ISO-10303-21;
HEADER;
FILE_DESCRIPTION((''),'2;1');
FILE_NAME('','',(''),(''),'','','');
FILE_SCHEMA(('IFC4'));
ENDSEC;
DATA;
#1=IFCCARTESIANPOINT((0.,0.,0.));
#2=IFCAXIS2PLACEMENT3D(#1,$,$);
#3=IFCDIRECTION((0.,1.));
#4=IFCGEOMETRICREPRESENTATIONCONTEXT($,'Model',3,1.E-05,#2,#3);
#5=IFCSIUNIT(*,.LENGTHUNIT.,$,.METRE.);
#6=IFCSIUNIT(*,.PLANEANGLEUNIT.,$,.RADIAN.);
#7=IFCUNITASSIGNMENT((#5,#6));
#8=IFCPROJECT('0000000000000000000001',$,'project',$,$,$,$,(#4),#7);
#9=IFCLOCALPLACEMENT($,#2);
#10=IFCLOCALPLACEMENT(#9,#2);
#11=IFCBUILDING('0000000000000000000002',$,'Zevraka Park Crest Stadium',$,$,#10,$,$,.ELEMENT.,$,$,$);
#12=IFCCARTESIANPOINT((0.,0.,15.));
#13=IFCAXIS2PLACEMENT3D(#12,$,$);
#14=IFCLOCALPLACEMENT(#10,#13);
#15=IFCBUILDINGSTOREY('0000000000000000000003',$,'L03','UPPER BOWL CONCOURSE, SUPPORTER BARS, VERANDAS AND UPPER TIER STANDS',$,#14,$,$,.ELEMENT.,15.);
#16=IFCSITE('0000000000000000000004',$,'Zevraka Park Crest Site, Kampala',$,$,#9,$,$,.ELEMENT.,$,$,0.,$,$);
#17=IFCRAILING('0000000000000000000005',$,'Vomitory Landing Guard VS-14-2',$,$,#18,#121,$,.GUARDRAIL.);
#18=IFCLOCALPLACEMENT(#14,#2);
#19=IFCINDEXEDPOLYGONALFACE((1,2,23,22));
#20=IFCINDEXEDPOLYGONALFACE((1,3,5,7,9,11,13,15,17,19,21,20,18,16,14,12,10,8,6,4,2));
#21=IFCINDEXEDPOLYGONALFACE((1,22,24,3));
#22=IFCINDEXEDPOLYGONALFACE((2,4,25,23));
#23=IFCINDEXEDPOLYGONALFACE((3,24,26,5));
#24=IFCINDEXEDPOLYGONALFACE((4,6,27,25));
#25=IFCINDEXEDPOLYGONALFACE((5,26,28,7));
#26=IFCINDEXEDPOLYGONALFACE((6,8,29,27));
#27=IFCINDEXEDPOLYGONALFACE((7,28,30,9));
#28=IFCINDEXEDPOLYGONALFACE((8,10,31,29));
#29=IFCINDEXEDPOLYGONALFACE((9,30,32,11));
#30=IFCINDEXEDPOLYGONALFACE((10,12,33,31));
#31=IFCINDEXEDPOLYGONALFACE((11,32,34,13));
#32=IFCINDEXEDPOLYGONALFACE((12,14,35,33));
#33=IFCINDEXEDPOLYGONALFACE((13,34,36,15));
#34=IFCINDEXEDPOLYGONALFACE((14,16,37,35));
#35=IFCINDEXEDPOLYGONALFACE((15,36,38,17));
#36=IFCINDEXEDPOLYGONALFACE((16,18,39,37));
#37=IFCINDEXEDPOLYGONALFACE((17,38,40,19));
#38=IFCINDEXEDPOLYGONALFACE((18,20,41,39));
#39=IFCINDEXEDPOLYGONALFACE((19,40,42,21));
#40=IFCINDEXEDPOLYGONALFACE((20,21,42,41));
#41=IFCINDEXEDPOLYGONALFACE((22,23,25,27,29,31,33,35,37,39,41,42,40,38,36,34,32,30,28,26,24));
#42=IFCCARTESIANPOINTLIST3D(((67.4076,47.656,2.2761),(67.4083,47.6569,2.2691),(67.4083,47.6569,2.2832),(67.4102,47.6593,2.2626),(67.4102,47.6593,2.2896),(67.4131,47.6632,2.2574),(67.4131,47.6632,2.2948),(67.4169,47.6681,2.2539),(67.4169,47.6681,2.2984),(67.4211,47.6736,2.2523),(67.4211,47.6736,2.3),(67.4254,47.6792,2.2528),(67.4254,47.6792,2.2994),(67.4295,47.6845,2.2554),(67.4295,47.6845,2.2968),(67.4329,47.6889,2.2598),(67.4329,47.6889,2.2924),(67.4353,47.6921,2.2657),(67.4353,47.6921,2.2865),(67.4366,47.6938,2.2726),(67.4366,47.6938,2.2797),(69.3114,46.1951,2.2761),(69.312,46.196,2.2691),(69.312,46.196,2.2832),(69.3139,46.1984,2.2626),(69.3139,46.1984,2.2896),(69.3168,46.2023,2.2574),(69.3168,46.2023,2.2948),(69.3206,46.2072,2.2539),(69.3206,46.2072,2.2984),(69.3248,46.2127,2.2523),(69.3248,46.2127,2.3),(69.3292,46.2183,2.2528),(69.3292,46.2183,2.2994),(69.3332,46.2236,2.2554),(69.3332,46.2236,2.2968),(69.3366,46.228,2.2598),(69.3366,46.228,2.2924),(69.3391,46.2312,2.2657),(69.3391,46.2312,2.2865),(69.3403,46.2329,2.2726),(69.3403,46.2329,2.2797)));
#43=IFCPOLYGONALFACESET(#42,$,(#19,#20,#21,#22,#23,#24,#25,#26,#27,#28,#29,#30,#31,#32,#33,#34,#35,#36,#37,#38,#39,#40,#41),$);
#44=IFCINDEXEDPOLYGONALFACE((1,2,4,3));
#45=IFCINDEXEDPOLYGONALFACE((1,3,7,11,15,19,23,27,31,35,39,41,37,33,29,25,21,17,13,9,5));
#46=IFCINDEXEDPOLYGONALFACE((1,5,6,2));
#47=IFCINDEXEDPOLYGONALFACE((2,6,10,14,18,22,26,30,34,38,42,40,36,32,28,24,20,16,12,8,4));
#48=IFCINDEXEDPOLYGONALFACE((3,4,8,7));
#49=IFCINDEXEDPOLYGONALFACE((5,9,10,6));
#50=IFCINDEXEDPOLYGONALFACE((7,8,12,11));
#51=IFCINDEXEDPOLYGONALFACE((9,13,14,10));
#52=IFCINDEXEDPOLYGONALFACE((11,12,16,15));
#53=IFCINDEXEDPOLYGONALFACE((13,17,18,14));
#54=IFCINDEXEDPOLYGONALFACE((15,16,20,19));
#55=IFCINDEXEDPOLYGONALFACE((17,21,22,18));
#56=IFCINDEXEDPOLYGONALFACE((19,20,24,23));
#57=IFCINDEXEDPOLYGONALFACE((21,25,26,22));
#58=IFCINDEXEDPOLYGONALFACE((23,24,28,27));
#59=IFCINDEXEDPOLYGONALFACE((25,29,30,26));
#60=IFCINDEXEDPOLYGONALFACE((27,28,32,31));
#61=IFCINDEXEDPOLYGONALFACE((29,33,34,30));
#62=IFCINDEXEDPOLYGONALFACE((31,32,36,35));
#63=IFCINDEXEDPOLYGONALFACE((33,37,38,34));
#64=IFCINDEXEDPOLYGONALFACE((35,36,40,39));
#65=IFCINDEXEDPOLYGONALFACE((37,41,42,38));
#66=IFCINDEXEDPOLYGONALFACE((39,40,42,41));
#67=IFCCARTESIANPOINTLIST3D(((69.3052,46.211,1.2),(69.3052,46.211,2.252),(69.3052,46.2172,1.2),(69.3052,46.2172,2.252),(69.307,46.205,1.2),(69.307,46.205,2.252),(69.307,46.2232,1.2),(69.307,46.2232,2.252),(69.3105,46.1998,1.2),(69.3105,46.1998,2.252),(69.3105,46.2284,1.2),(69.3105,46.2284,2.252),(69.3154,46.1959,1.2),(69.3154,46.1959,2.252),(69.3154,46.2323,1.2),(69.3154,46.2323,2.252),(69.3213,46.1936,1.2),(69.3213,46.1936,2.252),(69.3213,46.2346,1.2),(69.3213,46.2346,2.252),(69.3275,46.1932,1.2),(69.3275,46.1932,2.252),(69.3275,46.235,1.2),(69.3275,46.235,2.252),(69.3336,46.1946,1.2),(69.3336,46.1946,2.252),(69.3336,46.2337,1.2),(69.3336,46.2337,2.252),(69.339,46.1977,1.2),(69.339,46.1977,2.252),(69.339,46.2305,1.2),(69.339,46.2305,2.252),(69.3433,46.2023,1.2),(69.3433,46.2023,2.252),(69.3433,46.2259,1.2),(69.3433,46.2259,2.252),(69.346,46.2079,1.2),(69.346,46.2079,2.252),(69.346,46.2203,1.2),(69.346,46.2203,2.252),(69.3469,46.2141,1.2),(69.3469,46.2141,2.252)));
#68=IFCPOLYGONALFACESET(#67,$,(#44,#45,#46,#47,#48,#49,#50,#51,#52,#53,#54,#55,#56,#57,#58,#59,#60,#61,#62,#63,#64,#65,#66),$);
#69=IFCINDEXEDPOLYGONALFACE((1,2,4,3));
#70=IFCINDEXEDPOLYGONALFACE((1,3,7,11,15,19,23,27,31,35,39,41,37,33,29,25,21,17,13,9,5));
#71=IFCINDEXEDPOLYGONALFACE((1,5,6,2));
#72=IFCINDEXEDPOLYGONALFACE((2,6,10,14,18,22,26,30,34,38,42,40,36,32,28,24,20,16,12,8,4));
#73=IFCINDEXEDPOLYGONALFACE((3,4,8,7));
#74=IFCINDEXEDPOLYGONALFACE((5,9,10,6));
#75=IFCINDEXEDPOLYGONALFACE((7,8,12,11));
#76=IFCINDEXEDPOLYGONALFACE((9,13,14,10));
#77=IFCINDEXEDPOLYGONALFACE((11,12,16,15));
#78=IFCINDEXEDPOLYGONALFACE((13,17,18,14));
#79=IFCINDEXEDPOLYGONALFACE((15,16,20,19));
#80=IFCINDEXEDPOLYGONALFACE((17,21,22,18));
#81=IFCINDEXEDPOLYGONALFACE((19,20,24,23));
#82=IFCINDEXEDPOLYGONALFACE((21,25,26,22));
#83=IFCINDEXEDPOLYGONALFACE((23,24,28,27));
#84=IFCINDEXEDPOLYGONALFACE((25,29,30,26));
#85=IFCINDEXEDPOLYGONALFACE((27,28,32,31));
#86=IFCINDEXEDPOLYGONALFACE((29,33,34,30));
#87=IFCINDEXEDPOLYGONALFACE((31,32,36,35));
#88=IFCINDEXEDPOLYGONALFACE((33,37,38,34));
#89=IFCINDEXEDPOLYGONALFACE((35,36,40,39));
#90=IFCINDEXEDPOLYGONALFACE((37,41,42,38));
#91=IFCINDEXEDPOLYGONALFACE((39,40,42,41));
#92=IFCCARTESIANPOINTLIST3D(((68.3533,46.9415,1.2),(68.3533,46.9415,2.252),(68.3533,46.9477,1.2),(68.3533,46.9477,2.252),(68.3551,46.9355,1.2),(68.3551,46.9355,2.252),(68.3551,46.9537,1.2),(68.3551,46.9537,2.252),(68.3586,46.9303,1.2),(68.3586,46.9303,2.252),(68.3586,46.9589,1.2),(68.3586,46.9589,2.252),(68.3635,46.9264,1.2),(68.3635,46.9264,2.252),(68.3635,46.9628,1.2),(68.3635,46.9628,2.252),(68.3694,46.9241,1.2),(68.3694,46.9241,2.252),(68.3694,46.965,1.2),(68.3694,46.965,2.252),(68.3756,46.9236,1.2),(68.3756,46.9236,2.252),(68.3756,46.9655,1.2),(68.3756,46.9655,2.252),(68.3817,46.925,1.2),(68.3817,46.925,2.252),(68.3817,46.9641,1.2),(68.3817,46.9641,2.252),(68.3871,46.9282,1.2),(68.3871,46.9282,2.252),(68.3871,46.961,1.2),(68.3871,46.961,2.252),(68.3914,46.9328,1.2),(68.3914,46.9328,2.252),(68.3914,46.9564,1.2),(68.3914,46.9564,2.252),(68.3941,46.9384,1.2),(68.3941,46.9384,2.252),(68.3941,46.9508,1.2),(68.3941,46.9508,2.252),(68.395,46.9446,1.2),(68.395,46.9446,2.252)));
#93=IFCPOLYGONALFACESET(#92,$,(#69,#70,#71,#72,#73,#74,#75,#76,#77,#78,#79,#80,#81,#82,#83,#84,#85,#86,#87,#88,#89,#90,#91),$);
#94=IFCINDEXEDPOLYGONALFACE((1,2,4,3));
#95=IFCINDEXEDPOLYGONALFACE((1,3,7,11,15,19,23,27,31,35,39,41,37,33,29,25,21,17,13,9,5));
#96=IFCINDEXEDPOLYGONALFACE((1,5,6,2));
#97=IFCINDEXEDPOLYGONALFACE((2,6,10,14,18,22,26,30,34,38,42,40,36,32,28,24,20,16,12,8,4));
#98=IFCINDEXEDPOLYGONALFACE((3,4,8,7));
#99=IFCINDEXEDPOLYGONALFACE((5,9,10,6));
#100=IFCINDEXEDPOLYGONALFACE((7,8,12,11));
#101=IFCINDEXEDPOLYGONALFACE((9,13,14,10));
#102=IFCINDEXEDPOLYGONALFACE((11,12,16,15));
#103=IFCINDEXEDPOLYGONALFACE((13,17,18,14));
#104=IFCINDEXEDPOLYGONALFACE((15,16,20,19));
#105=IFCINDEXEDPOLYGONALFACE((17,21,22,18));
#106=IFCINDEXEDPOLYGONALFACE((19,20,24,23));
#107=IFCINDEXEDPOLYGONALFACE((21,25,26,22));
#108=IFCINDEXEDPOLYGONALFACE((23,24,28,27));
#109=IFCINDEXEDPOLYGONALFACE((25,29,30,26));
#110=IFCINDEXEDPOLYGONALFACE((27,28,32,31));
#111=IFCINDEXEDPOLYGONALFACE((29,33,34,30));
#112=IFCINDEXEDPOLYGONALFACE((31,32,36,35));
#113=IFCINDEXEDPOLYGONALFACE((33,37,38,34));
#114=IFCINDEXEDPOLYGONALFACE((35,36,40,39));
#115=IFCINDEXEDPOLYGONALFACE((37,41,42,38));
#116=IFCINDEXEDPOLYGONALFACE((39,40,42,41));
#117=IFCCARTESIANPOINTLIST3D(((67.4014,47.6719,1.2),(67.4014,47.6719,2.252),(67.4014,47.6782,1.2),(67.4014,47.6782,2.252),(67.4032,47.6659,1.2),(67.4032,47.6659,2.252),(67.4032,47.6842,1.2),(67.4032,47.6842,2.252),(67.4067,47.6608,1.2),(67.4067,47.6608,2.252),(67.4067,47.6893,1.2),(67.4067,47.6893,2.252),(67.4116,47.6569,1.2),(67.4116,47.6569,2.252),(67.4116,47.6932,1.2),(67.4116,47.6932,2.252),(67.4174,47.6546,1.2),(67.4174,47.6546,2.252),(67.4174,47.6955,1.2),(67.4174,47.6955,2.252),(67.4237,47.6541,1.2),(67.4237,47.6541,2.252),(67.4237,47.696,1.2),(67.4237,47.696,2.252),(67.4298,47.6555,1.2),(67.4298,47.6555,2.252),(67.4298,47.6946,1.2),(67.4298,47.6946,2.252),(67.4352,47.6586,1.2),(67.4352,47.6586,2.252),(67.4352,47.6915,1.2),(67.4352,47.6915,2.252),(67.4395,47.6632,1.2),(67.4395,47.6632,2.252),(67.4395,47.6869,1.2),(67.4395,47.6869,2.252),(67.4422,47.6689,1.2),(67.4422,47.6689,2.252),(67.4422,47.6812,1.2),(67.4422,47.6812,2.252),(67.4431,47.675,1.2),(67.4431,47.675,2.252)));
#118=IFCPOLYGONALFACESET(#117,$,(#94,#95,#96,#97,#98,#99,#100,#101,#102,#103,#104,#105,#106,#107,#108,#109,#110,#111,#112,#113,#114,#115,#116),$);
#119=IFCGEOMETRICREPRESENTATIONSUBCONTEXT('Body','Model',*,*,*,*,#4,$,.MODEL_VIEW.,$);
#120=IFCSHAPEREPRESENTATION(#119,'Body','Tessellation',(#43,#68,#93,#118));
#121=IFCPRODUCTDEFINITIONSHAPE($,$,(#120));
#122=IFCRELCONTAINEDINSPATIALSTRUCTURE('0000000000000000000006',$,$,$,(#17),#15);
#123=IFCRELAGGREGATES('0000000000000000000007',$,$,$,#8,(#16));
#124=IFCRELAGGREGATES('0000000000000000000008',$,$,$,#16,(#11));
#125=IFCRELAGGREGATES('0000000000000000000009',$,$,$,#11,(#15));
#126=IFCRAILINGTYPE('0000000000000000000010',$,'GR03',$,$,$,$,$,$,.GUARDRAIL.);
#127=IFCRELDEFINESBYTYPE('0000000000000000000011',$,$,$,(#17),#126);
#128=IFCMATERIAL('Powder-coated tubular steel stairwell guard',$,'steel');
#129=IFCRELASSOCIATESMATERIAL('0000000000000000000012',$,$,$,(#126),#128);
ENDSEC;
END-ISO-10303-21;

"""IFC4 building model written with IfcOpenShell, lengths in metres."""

from ifc_helpers import new_model, si_unit, direction, frame, origin, origin_2d, place, context, subcontext, project, spatial, circle, extrude, material, type_object, element, save


model = new_model("IFC4")

# Units and contexts
model_context = context("Model", 3, precision=1e-05, world=origin(), true_north=direction((0.0, 1.0)))
body_context = subcontext(model_context, "Body", "Model", "MODEL_VIEW")
ifc_project = project(units=[si_unit("LENGTHUNIT", "METRE"), si_unit("PLANEANGLEUNIT", "RADIAN")], contexts=[model_context])

# Site, building, storey
site_placement = place(None, origin())
site = spatial("IfcSite", under=ifc_project, at=site_placement, Name="Zevraka Park Crest Site, Kampala", CompositionType="ELEMENT", RefElevation=0.0)
building_placement = place(site_placement, origin())
building = spatial("IfcBuilding", under=site, at=building_placement, Name="Zevraka Park Crest Stadium", CompositionType="ELEMENT")
storey_placement = place(building_placement, frame((0.0, 0.0, 15.0)))
storey = spatial("IfcBuildingStorey", under=building, at=storey_placement, Name="L03", Description="UPPER BOWL CONCOURSE, SUPPORTER BARS, VERANDAS AND UPPER TIER STANDS", CompositionType="ELEMENT", Elevation=15.0)

# Railing
ifc_material_1 = material(Name="Powder-coated tubular steel stairwell guard", Category="steel")
railing_type_1 = type_object("IfcRailingType", Name="GR03", PredefinedType="GUARDRAIL", material=ifc_material_1)
railing_1_placement = place(storey_placement, frame((69.3259, 46.2141, 1.2)))
element("IfcRailing", 1, at=railing_1_placement, inside=storey, type_object=railing_type_1, Name="Vomitory Landing Guard VS-14-2", PredefinedType="GUARDRAIL", context=body_context, shape_type="SweptSolid", body=[
    extrude(circle(Radius=0.0239, at=origin_2d()), frame((0.0, 0.0, 1.0762), z_axis=(-0.793334, 0.608786, 0.0), x_axis=(-0.608786, -0.793334, 0.0)), (0.0, 0.0, 1.0), 2.3997),
    extrude(circle(Radius=0.021, at=origin_2d()), origin(), (0.0, 0.0, 1.0), 1.052),
    extrude(circle(Radius=0.021, at=origin_2d()), frame((-0.9519, 0.7305, 0.0)), (0.0, 0.0, 1.0), 1.052),
    extrude(circle(Radius=0.021, at=origin_2d()), frame((-1.9038, 1.4609, 0.0)), (0.0, 0.0, 1.0), 1.052),
])

save(model, "model.ifc")
